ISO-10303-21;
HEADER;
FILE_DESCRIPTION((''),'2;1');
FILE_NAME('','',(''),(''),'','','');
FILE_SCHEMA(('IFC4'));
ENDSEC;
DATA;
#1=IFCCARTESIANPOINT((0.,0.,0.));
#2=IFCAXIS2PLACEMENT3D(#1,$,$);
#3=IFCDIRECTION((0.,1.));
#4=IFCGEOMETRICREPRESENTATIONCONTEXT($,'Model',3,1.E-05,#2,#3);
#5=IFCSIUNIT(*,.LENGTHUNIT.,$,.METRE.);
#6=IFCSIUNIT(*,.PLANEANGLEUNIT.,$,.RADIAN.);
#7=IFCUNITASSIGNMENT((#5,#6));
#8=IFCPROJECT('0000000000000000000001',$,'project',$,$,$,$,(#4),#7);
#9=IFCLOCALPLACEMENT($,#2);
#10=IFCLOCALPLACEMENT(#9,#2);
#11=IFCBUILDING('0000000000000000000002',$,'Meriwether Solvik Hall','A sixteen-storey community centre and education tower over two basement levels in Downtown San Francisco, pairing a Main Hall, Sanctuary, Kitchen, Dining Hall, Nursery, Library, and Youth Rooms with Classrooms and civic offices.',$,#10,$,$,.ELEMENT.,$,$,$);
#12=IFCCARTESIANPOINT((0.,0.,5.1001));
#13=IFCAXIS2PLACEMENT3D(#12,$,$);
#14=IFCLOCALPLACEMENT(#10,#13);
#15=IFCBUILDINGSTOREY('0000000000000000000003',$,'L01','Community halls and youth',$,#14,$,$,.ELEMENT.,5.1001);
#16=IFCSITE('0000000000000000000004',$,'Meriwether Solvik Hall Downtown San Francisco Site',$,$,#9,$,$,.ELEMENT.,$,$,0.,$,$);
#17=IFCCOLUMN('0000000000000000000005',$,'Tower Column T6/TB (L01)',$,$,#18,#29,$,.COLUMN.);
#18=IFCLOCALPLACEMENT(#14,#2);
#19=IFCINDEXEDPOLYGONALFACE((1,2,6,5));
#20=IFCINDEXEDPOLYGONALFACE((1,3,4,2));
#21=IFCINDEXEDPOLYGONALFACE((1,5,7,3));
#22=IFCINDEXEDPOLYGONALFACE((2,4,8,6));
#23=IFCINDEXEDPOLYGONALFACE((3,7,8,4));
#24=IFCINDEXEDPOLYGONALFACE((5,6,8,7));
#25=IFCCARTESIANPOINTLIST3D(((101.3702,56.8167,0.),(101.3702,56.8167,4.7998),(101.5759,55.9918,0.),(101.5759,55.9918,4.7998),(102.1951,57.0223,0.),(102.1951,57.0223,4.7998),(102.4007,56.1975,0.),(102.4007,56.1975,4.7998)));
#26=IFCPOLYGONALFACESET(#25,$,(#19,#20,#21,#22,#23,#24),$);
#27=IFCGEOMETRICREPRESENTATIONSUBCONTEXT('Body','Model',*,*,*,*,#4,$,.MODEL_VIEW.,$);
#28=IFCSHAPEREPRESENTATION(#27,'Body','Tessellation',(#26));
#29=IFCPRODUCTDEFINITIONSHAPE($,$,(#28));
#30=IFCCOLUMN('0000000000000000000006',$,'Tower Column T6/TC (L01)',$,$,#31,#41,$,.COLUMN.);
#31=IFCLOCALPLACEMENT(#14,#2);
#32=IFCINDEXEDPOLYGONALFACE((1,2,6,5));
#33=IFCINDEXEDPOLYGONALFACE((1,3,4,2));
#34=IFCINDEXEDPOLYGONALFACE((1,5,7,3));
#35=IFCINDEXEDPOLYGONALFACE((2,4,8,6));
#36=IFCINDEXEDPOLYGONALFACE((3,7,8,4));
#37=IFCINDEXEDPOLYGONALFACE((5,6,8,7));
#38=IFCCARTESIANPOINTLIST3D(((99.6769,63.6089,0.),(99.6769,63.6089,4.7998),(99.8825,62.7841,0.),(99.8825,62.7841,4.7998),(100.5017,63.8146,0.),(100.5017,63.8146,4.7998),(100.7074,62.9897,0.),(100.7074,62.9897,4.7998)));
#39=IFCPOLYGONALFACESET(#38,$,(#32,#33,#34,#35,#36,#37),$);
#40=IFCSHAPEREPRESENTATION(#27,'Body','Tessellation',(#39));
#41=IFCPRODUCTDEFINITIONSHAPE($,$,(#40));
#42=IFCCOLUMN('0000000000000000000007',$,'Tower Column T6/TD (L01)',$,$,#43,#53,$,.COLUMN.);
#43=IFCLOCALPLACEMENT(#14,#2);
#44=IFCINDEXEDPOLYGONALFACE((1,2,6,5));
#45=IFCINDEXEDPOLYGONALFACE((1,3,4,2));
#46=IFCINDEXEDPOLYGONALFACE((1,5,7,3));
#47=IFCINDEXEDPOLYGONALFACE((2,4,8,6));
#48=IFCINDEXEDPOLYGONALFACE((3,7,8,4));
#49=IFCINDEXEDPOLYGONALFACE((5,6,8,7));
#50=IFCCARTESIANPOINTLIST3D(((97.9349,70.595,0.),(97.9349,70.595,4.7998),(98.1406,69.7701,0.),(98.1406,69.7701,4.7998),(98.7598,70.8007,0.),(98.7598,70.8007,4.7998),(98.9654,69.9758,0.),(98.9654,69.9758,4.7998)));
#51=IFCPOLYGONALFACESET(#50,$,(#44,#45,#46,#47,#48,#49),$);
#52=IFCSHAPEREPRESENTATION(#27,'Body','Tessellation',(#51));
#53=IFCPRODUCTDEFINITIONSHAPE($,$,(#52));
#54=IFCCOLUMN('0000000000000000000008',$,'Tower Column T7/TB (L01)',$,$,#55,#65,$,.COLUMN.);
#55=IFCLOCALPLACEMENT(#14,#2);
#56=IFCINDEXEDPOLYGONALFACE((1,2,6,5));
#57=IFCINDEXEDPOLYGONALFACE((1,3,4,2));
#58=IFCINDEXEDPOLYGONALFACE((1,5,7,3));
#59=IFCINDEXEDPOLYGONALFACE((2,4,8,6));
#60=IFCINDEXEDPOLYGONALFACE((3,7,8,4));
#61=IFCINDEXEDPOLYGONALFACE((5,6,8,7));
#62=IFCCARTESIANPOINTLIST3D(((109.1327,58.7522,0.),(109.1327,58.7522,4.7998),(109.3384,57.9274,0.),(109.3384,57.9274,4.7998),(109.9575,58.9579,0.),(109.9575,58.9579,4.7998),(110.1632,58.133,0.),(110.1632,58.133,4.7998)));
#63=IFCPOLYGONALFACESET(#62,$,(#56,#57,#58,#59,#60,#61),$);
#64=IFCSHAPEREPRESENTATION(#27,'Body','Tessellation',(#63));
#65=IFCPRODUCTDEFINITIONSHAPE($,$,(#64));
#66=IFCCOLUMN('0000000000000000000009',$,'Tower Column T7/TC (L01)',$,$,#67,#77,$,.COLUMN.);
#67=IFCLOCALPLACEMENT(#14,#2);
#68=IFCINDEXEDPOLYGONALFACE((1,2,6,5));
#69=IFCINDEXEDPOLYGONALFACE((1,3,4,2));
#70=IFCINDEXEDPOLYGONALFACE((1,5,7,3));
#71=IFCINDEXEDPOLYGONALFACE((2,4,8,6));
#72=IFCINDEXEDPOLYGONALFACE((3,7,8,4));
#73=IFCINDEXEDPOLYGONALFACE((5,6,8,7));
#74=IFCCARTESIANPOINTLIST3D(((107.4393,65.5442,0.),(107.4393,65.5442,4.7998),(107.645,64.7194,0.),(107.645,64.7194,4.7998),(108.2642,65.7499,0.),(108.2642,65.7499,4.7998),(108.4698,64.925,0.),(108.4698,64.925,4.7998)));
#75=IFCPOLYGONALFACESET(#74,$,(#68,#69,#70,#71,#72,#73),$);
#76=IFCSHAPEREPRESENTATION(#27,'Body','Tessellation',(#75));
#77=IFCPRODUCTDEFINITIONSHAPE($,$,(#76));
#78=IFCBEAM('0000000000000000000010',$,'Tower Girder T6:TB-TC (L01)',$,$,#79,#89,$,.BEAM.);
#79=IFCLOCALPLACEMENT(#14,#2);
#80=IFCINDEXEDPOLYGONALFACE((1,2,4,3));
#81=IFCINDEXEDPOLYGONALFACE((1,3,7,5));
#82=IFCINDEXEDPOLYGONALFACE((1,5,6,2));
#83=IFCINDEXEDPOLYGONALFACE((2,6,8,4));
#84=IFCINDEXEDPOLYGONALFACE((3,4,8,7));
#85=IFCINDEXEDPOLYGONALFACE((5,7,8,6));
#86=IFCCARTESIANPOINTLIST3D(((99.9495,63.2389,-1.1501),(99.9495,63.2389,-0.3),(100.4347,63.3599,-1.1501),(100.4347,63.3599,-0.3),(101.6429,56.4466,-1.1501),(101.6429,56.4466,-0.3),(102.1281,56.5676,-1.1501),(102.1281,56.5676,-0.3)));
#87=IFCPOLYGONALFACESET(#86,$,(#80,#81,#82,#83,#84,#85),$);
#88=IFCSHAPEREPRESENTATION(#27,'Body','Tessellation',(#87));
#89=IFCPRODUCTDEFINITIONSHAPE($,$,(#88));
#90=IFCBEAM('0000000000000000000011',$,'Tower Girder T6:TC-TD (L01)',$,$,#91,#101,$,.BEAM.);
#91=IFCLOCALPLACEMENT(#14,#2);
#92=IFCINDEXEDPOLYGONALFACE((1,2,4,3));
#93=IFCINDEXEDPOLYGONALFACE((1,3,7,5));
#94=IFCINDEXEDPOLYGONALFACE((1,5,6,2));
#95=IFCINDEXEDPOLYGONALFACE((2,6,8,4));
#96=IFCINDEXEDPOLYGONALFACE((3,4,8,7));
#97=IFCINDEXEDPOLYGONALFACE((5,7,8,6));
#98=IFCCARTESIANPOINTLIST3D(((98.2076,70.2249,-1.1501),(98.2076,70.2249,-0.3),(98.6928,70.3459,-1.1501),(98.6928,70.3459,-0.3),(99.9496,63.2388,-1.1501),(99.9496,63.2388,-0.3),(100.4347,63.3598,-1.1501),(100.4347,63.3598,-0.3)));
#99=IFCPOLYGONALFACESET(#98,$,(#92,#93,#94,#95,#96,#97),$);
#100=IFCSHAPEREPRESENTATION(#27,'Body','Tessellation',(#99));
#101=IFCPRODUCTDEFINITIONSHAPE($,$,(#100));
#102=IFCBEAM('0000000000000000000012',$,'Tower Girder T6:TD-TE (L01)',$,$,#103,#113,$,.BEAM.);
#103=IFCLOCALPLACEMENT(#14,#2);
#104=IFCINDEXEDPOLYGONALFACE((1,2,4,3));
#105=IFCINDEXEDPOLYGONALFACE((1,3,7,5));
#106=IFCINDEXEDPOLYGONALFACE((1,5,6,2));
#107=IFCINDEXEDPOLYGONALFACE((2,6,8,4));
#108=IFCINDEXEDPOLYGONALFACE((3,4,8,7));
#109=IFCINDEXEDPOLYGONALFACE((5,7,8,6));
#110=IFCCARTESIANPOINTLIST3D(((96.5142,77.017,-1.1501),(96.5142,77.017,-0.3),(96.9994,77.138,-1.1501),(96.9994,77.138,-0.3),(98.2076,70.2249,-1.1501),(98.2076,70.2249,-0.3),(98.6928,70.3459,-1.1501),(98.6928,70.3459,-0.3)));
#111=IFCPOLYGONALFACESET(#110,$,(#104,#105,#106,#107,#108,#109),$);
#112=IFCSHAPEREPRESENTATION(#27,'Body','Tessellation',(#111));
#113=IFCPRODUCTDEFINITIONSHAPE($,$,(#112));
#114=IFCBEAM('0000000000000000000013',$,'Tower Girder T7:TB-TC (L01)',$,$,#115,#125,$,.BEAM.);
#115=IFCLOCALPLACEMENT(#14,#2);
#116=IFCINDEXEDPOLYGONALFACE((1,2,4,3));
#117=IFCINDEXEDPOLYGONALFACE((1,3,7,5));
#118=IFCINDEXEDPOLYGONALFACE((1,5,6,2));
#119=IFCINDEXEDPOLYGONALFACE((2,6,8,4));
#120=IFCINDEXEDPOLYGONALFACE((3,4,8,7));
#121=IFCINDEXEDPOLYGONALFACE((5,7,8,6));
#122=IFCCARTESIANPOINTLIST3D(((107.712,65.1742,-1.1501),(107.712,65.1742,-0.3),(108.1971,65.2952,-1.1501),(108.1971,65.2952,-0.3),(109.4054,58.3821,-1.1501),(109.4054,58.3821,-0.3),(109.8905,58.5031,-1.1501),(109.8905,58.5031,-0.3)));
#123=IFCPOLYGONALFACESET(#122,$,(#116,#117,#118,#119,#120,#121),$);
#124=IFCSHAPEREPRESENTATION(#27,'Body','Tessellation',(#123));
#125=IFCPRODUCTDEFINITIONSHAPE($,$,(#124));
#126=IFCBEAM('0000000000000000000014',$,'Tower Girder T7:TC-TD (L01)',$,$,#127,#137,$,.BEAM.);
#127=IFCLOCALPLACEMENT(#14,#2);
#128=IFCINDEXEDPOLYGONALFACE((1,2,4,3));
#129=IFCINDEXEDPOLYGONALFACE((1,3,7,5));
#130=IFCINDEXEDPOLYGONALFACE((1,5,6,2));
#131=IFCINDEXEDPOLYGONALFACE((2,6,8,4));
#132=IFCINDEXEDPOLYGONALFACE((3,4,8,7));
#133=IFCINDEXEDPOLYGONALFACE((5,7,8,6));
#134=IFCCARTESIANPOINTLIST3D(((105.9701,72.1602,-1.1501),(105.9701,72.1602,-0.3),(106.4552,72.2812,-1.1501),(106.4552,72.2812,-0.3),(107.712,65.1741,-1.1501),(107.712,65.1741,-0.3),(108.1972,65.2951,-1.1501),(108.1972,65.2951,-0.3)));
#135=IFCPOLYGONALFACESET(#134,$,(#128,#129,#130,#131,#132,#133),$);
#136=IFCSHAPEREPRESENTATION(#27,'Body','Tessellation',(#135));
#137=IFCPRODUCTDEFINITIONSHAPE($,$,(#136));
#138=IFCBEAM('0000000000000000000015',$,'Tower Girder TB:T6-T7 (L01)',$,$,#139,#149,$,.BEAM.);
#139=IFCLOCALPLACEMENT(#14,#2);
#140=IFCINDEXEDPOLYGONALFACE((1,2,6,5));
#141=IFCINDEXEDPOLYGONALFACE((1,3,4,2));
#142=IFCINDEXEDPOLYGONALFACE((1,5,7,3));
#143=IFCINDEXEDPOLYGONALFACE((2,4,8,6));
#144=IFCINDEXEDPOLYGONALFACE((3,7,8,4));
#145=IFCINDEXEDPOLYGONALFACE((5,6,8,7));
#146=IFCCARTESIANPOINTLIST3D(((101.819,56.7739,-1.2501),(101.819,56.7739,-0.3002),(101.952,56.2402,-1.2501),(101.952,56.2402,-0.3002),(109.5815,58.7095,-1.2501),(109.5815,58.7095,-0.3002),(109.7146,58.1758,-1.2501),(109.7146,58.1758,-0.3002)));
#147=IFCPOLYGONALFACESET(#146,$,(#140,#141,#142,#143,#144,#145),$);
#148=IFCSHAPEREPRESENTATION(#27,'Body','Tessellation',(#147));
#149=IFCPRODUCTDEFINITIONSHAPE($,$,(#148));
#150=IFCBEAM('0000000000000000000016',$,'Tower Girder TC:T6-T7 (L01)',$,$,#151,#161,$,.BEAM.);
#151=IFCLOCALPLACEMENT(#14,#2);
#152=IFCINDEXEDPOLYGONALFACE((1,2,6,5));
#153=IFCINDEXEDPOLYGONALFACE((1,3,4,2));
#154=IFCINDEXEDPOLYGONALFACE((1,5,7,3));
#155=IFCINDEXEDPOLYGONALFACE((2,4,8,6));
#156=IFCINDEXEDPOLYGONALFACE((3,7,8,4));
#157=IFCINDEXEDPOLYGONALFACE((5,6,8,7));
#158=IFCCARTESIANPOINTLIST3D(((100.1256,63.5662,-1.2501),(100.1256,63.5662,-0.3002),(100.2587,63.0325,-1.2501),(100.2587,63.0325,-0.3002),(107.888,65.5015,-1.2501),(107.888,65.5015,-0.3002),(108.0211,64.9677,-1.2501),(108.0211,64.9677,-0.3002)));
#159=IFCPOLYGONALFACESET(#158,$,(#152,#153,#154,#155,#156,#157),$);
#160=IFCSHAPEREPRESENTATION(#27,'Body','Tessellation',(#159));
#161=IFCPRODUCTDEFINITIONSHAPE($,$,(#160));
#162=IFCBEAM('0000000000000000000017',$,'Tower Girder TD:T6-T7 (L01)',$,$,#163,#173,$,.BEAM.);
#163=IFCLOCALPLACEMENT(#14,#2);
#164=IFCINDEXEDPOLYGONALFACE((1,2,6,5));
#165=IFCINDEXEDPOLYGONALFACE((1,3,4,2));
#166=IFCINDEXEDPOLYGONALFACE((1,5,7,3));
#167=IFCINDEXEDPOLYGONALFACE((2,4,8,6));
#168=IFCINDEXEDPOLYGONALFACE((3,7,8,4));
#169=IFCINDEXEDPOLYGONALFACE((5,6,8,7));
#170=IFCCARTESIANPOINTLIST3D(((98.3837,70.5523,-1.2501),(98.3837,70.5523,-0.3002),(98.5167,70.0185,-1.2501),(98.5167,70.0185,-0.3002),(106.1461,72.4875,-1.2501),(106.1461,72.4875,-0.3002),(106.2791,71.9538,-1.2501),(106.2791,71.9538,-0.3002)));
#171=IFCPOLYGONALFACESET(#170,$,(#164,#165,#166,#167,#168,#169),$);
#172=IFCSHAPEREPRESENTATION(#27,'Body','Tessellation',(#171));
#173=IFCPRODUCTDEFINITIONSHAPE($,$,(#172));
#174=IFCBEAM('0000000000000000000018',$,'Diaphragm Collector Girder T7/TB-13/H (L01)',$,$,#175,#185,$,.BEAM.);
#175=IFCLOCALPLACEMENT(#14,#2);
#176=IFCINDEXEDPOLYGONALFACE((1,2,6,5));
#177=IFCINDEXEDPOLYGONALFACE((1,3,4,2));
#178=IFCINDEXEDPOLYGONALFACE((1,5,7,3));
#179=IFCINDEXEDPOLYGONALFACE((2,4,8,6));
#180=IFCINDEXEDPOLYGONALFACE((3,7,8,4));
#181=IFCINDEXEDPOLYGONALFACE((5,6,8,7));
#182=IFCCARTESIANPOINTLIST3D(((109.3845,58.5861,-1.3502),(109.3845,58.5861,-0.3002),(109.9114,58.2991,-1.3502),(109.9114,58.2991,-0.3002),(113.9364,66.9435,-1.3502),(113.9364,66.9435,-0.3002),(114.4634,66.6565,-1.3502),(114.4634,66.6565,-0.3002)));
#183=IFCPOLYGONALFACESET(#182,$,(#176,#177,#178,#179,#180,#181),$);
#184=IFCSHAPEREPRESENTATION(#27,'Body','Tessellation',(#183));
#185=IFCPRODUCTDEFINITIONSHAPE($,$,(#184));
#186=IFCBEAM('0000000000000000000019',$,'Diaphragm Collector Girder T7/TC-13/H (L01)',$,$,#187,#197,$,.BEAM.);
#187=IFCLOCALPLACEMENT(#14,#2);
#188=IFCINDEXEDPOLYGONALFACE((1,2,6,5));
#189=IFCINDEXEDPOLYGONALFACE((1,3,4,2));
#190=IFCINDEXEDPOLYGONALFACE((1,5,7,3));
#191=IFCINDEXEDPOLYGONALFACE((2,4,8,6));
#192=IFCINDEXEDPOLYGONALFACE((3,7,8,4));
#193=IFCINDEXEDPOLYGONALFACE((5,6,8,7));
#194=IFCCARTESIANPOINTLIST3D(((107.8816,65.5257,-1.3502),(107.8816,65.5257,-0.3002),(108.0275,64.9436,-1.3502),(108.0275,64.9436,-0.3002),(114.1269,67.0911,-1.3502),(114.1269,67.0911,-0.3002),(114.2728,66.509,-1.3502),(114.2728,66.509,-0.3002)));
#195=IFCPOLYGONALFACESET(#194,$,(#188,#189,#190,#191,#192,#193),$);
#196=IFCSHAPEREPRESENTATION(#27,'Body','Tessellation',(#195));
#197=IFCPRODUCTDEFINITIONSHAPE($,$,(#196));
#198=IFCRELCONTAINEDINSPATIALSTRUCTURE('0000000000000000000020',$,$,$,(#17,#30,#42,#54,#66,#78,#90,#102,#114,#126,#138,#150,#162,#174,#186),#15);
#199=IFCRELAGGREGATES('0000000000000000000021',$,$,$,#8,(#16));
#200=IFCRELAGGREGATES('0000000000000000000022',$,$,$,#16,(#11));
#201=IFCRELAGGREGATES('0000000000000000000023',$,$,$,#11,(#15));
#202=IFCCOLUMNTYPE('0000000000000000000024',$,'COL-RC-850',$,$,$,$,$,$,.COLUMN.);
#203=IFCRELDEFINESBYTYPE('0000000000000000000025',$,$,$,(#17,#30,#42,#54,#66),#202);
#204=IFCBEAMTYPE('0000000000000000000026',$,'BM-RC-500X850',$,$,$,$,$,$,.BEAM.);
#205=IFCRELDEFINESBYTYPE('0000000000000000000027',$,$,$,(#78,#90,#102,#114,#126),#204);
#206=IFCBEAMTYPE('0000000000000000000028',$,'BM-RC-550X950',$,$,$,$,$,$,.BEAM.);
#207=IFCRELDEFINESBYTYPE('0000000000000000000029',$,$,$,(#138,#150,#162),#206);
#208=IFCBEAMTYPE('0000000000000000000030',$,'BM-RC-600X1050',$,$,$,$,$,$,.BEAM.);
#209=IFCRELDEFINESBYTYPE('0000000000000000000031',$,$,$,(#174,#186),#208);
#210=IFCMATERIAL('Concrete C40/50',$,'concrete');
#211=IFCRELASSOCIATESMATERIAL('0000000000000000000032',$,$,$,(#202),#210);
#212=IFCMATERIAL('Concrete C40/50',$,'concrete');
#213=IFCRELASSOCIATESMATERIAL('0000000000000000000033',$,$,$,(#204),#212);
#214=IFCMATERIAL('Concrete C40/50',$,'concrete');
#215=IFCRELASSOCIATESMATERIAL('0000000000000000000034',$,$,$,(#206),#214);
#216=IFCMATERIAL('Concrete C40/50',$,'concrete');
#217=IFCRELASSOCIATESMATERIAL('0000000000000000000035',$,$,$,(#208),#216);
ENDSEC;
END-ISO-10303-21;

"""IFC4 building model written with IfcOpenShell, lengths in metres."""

from ifc_helpers import new_model, si_unit, direction, frame, origin, origin_2d, place, context, subcontext, project, spatial, rectangle, extrude, material, material_profile, profile_set, type_object, element, save


model = new_model("IFC4")

# Units and contexts
model_context = context("Model", 3, precision=1e-05, world=origin(), true_north=direction((0.0, 1.0)))
body_context = subcontext(model_context, "Body", "Model", "MODEL_VIEW")
ifc_project = project(units=[si_unit("LENGTHUNIT", "METRE"), si_unit("PLANEANGLEUNIT", "RADIAN")], contexts=[model_context])

# Site, building, storey
site_placement = place(None, origin())
site = spatial("IfcSite", under=ifc_project, at=site_placement, Name="Meriwether Solvik Hall Downtown San Francisco Site", CompositionType="ELEMENT", RefElevation=0.0)
building_placement = place(site_placement, origin())
building = spatial("IfcBuilding", under=site, at=building_placement, Name="Meriwether Solvik Hall", Description="A sixteen-storey community centre and education tower over two basement levels in Downtown San Francisco, pairing a Main Hall, Sanctuary, Kitchen, Dining Hall, Nursery, Library, and Youth Rooms with Classrooms and civic offices.", CompositionType="ELEMENT")
storey_placement = place(building_placement, frame((0.0, 0.0, 5.1001)))
storey = spatial("IfcBuildingStorey", under=building, at=storey_placement, Name="L01", Description="Community halls and youth", CompositionType="ELEMENT", Elevation=5.1001)

# Columns
ifc_material_1 = material(Name="Concrete C40/50", Category="concrete")
ifc_material_profile_1 = material_profile(ifc_material_1, rectangle(XDim=0.8501, YDim=0.8501, at=origin_2d()), Name="RCC-850X850")
ifc_profile_set_1 = profile_set([ifc_material_profile_1], Name="Concrete C40/50")
column_type = type_object("IfcColumnType", Name="COL-RC-850", PredefinedType="COLUMN", material=ifc_profile_set_1)
for number, where, z_axis, x_axis, name in (
    (1, (101.8855, 56.5071, 0.0), (0.0, 0.0, 1.0), (0.970296, 0.241922, 0.0), "Tower Column T6/TB (L01)"),
    (2, (100.1921, 63.2993, 0.0), (0.0, 0.0, 1.0), (0.970296, 0.241922, 0.0), "Tower Column T6/TC (L01)"),
    (3, (98.4502, 70.2854, 0.0), (0.0, 0.0, 1.0), (0.970296, 0.241922, 0.0), "Tower Column T6/TD (L01)"),
    (4, (109.6479, 58.4426, 0.0), (0.0, 0.0, 1.0), (0.970296, 0.241922, 0.0), "Tower Column T7/TB (L01)"),
    (5, (107.9546, 65.2346, 0.0), (0.0, 0.0, 1.0), (0.970296, 0.241922, 0.0), "Tower Column T7/TC (L01)"),
):
    element("IfcColumn", number, at=place(storey_placement, frame(where, z_axis=z_axis, x_axis=x_axis)), inside=storey, type_object=column_type, Name=name, PredefinedType="COLUMN", context=body_context, shape_type="SweptSolid", body=[
        extrude(rectangle(XDim=0.8501, YDim=0.8501, at=origin_2d()), origin(), (0.0, 0.0, 1.0), 4.7998),
    ])

# Beams
ifc_material_2 = material(Name="Concrete C40/50", Category="concrete")
ifc_material_profile_2 = material_profile(ifc_material_2, rectangle(XDim=0.5, YDim=0.8501, at=origin_2d()), Name="RCB-500X850")
ifc_profile_set_2 = profile_set([ifc_material_profile_2], Name="Concrete C40/50")
beam_type_1 = type_object("IfcBeamType", Name="BM-RC-500X850", PredefinedType="BEAM", material=ifc_profile_set_2)
beam_1_placement = place(storey_placement, frame((101.8855, 56.5071, -0.7251), z_axis=(-0.241904, 0.9703, 0.0), x_axis=(-0.9703, -0.241904, 0.0)))
element("IfcBeam", 6, at=beam_1_placement, inside=storey, type_object=beam_type_1, Name="Tower Girder T6:TB-TC (L01)", PredefinedType="BEAM", context=body_context, shape_type="SweptSolid", body=[
    extrude(rectangle(XDim=0.5, YDim=0.8501, at=origin_2d()), origin(), (0.0, 0.0, 1.0), 7.0002),
])
beam_2_placement = place(storey_placement, frame((100.1921, 63.2993, -0.7251), z_axis=(-0.241937, 0.970292, 0.0), x_axis=(-0.970292, -0.241937, 0.0)))
element("IfcBeam", 7, at=beam_2_placement, inside=storey, type_object=beam_type_1, Name="Tower Girder T6:TC-TD (L01)", PredefinedType="BEAM", context=body_context, shape_type="SweptSolid", body=[
    extrude(rectangle(XDim=0.5, YDim=0.8501, at=origin_2d()), origin(), (0.0, 0.0, 1.0), 7.2),
])
for number, where, z_axis, x_axis, name in (
    (8, (98.4502, 70.2854, -0.7251), (-0.241912, 0.970298, 0.0), (-0.970298, -0.241912, 0.0), "Tower Girder T6:TD-TE (L01)"),
    (9, (109.6479, 58.4426, -0.7251), (-0.241912, 0.970298, 0.0), (-0.970298, -0.241912, 0.0), "Tower Girder T7:TB-TC (L01)"),
):
    element("IfcBeam", number, at=place(storey_placement, frame(where, z_axis=z_axis, x_axis=x_axis)), inside=storey, type_object=beam_type_1, Name=name, PredefinedType="BEAM", context=body_context, shape_type="SweptSolid", body=[
        extrude(rectangle(XDim=0.5, YDim=0.8501, at=origin_2d()), origin(), (0.0, 0.0, 1.0), 7.0),
    ])
beam_3_placement = place(storey_placement, frame((107.9546, 65.2346, -0.7251), z_axis=(-0.241937, 0.970292, 0.0), x_axis=(-0.970292, -0.241937, 0.0)))
element("IfcBeam", 10, at=beam_3_placement, inside=storey, type_object=beam_type_1, Name="Tower Girder T7:TC-TD (L01)", PredefinedType="BEAM", context=body_context, shape_type="SweptSolid", body=[
    extrude(rectangle(XDim=0.5, YDim=0.8501, at=origin_2d()), origin(), (0.0, 0.0, 1.0), 7.2),
])
ifc_material_3 = material(Name="Concrete C40/50", Category="concrete")
ifc_material_profile_3 = material_profile(ifc_material_3, rectangle(XDim=0.55, YDim=0.95, at=origin_2d()), Name="RCB-550X950")
ifc_profile_set_3 = profile_set([ifc_material_profile_3], Name="Concrete C40/50")
beam_type_2 = type_object("IfcBeamType", Name="BM-RC-550X950", PredefinedType="BEAM", material=ifc_profile_set_3)
beam_4_placement = place(storey_placement, frame((101.8855, 56.5071, -0.7751), z_axis=(0.970291, 0.24194, 0.0), x_axis=(-0.24194, 0.970291, 0.0)))
element("IfcBeam", 11, at=beam_4_placement, inside=storey, type_object=beam_type_2, Name="Tower Girder TB:T6-T7 (L01)", PredefinedType="BEAM", context=body_context, shape_type="SweptSolid", body=[
    extrude(rectangle(XDim=0.55, YDim=0.95, at=origin_2d()), origin(), (0.0, 0.0, 1.0), 8.0002),
])
for number, where, z_axis, x_axis, name in (
    (12, (100.1921, 63.2993, -0.7751), (0.970298, 0.241911, 0.0), (-0.241911, 0.970298, 0.0), "Tower Girder TC:T6-T7 (L01)"),
    (13, (98.4502, 70.2854, -0.7751), (0.970298, 0.241911, 0.0), (-0.241911, 0.970298, 0.0), "Tower Girder TD:T6-T7 (L01)"),
):
    element("IfcBeam", number, at=place(storey_placement, frame(where, z_axis=z_axis, x_axis=x_axis)), inside=storey, type_object=beam_type_2, Name=name, PredefinedType="BEAM", context=body_context, shape_type="SweptSolid", body=[
        extrude(rectangle(XDim=0.55, YDim=0.95, at=origin_2d()), origin(), (0.0, 0.0, 1.0), 8.0),
    ])
ifc_material_4 = material(Name="Concrete C40/50", Category="concrete")
ifc_material_profile_4 = material_profile(ifc_material_4, rectangle(XDim=0.6001, YDim=1.05, at=origin_2d()), Name="RCB-600X1050")
ifc_profile_set_4 = profile_set([ifc_material_profile_4], Name="Concrete C40/50")
beam_type_3 = type_object("IfcBeamType", Name="BM-RC-600X1050", PredefinedType="BEAM", material=ifc_profile_set_4)
beam_5_placement = place(storey_placement, frame((109.6479, 58.4426, -0.8252), z_axis=(0.478318, 0.878187, 0.0), x_axis=(-0.878187, 0.478318, 0.0)))
element("IfcBeam", 14, at=beam_5_placement, inside=storey, type_object=beam_type_3, Name="Diaphragm Collector Girder T7/TB-13/H (L01)", PredefinedType="BEAM", context=body_context, shape_type="SweptSolid", body=[
    extrude(rectangle(XDim=0.6001, YDim=1.05, at=origin_2d()), origin(), (0.0, 0.0, 1.0), 9.5166),
])
beam_6_placement = place(storey_placement, frame((107.9546, 65.2346, -0.8252), z_axis=(0.969993, 0.243133, 0.0), x_axis=(-0.243133, 0.969993, 0.0)))
element("IfcBeam", 15, at=beam_6_placement, inside=storey, type_object=beam_type_3, Name="Diaphragm Collector Girder T7/TC-13/H (L01)", PredefinedType="BEAM", context=body_context, shape_type="SweptSolid", body=[
    extrude(rectangle(XDim=0.6001, YDim=1.05, at=origin_2d()), origin(), (0.0, 0.0, 1.0), 6.4385),
])

save(model, "model.ifc")
